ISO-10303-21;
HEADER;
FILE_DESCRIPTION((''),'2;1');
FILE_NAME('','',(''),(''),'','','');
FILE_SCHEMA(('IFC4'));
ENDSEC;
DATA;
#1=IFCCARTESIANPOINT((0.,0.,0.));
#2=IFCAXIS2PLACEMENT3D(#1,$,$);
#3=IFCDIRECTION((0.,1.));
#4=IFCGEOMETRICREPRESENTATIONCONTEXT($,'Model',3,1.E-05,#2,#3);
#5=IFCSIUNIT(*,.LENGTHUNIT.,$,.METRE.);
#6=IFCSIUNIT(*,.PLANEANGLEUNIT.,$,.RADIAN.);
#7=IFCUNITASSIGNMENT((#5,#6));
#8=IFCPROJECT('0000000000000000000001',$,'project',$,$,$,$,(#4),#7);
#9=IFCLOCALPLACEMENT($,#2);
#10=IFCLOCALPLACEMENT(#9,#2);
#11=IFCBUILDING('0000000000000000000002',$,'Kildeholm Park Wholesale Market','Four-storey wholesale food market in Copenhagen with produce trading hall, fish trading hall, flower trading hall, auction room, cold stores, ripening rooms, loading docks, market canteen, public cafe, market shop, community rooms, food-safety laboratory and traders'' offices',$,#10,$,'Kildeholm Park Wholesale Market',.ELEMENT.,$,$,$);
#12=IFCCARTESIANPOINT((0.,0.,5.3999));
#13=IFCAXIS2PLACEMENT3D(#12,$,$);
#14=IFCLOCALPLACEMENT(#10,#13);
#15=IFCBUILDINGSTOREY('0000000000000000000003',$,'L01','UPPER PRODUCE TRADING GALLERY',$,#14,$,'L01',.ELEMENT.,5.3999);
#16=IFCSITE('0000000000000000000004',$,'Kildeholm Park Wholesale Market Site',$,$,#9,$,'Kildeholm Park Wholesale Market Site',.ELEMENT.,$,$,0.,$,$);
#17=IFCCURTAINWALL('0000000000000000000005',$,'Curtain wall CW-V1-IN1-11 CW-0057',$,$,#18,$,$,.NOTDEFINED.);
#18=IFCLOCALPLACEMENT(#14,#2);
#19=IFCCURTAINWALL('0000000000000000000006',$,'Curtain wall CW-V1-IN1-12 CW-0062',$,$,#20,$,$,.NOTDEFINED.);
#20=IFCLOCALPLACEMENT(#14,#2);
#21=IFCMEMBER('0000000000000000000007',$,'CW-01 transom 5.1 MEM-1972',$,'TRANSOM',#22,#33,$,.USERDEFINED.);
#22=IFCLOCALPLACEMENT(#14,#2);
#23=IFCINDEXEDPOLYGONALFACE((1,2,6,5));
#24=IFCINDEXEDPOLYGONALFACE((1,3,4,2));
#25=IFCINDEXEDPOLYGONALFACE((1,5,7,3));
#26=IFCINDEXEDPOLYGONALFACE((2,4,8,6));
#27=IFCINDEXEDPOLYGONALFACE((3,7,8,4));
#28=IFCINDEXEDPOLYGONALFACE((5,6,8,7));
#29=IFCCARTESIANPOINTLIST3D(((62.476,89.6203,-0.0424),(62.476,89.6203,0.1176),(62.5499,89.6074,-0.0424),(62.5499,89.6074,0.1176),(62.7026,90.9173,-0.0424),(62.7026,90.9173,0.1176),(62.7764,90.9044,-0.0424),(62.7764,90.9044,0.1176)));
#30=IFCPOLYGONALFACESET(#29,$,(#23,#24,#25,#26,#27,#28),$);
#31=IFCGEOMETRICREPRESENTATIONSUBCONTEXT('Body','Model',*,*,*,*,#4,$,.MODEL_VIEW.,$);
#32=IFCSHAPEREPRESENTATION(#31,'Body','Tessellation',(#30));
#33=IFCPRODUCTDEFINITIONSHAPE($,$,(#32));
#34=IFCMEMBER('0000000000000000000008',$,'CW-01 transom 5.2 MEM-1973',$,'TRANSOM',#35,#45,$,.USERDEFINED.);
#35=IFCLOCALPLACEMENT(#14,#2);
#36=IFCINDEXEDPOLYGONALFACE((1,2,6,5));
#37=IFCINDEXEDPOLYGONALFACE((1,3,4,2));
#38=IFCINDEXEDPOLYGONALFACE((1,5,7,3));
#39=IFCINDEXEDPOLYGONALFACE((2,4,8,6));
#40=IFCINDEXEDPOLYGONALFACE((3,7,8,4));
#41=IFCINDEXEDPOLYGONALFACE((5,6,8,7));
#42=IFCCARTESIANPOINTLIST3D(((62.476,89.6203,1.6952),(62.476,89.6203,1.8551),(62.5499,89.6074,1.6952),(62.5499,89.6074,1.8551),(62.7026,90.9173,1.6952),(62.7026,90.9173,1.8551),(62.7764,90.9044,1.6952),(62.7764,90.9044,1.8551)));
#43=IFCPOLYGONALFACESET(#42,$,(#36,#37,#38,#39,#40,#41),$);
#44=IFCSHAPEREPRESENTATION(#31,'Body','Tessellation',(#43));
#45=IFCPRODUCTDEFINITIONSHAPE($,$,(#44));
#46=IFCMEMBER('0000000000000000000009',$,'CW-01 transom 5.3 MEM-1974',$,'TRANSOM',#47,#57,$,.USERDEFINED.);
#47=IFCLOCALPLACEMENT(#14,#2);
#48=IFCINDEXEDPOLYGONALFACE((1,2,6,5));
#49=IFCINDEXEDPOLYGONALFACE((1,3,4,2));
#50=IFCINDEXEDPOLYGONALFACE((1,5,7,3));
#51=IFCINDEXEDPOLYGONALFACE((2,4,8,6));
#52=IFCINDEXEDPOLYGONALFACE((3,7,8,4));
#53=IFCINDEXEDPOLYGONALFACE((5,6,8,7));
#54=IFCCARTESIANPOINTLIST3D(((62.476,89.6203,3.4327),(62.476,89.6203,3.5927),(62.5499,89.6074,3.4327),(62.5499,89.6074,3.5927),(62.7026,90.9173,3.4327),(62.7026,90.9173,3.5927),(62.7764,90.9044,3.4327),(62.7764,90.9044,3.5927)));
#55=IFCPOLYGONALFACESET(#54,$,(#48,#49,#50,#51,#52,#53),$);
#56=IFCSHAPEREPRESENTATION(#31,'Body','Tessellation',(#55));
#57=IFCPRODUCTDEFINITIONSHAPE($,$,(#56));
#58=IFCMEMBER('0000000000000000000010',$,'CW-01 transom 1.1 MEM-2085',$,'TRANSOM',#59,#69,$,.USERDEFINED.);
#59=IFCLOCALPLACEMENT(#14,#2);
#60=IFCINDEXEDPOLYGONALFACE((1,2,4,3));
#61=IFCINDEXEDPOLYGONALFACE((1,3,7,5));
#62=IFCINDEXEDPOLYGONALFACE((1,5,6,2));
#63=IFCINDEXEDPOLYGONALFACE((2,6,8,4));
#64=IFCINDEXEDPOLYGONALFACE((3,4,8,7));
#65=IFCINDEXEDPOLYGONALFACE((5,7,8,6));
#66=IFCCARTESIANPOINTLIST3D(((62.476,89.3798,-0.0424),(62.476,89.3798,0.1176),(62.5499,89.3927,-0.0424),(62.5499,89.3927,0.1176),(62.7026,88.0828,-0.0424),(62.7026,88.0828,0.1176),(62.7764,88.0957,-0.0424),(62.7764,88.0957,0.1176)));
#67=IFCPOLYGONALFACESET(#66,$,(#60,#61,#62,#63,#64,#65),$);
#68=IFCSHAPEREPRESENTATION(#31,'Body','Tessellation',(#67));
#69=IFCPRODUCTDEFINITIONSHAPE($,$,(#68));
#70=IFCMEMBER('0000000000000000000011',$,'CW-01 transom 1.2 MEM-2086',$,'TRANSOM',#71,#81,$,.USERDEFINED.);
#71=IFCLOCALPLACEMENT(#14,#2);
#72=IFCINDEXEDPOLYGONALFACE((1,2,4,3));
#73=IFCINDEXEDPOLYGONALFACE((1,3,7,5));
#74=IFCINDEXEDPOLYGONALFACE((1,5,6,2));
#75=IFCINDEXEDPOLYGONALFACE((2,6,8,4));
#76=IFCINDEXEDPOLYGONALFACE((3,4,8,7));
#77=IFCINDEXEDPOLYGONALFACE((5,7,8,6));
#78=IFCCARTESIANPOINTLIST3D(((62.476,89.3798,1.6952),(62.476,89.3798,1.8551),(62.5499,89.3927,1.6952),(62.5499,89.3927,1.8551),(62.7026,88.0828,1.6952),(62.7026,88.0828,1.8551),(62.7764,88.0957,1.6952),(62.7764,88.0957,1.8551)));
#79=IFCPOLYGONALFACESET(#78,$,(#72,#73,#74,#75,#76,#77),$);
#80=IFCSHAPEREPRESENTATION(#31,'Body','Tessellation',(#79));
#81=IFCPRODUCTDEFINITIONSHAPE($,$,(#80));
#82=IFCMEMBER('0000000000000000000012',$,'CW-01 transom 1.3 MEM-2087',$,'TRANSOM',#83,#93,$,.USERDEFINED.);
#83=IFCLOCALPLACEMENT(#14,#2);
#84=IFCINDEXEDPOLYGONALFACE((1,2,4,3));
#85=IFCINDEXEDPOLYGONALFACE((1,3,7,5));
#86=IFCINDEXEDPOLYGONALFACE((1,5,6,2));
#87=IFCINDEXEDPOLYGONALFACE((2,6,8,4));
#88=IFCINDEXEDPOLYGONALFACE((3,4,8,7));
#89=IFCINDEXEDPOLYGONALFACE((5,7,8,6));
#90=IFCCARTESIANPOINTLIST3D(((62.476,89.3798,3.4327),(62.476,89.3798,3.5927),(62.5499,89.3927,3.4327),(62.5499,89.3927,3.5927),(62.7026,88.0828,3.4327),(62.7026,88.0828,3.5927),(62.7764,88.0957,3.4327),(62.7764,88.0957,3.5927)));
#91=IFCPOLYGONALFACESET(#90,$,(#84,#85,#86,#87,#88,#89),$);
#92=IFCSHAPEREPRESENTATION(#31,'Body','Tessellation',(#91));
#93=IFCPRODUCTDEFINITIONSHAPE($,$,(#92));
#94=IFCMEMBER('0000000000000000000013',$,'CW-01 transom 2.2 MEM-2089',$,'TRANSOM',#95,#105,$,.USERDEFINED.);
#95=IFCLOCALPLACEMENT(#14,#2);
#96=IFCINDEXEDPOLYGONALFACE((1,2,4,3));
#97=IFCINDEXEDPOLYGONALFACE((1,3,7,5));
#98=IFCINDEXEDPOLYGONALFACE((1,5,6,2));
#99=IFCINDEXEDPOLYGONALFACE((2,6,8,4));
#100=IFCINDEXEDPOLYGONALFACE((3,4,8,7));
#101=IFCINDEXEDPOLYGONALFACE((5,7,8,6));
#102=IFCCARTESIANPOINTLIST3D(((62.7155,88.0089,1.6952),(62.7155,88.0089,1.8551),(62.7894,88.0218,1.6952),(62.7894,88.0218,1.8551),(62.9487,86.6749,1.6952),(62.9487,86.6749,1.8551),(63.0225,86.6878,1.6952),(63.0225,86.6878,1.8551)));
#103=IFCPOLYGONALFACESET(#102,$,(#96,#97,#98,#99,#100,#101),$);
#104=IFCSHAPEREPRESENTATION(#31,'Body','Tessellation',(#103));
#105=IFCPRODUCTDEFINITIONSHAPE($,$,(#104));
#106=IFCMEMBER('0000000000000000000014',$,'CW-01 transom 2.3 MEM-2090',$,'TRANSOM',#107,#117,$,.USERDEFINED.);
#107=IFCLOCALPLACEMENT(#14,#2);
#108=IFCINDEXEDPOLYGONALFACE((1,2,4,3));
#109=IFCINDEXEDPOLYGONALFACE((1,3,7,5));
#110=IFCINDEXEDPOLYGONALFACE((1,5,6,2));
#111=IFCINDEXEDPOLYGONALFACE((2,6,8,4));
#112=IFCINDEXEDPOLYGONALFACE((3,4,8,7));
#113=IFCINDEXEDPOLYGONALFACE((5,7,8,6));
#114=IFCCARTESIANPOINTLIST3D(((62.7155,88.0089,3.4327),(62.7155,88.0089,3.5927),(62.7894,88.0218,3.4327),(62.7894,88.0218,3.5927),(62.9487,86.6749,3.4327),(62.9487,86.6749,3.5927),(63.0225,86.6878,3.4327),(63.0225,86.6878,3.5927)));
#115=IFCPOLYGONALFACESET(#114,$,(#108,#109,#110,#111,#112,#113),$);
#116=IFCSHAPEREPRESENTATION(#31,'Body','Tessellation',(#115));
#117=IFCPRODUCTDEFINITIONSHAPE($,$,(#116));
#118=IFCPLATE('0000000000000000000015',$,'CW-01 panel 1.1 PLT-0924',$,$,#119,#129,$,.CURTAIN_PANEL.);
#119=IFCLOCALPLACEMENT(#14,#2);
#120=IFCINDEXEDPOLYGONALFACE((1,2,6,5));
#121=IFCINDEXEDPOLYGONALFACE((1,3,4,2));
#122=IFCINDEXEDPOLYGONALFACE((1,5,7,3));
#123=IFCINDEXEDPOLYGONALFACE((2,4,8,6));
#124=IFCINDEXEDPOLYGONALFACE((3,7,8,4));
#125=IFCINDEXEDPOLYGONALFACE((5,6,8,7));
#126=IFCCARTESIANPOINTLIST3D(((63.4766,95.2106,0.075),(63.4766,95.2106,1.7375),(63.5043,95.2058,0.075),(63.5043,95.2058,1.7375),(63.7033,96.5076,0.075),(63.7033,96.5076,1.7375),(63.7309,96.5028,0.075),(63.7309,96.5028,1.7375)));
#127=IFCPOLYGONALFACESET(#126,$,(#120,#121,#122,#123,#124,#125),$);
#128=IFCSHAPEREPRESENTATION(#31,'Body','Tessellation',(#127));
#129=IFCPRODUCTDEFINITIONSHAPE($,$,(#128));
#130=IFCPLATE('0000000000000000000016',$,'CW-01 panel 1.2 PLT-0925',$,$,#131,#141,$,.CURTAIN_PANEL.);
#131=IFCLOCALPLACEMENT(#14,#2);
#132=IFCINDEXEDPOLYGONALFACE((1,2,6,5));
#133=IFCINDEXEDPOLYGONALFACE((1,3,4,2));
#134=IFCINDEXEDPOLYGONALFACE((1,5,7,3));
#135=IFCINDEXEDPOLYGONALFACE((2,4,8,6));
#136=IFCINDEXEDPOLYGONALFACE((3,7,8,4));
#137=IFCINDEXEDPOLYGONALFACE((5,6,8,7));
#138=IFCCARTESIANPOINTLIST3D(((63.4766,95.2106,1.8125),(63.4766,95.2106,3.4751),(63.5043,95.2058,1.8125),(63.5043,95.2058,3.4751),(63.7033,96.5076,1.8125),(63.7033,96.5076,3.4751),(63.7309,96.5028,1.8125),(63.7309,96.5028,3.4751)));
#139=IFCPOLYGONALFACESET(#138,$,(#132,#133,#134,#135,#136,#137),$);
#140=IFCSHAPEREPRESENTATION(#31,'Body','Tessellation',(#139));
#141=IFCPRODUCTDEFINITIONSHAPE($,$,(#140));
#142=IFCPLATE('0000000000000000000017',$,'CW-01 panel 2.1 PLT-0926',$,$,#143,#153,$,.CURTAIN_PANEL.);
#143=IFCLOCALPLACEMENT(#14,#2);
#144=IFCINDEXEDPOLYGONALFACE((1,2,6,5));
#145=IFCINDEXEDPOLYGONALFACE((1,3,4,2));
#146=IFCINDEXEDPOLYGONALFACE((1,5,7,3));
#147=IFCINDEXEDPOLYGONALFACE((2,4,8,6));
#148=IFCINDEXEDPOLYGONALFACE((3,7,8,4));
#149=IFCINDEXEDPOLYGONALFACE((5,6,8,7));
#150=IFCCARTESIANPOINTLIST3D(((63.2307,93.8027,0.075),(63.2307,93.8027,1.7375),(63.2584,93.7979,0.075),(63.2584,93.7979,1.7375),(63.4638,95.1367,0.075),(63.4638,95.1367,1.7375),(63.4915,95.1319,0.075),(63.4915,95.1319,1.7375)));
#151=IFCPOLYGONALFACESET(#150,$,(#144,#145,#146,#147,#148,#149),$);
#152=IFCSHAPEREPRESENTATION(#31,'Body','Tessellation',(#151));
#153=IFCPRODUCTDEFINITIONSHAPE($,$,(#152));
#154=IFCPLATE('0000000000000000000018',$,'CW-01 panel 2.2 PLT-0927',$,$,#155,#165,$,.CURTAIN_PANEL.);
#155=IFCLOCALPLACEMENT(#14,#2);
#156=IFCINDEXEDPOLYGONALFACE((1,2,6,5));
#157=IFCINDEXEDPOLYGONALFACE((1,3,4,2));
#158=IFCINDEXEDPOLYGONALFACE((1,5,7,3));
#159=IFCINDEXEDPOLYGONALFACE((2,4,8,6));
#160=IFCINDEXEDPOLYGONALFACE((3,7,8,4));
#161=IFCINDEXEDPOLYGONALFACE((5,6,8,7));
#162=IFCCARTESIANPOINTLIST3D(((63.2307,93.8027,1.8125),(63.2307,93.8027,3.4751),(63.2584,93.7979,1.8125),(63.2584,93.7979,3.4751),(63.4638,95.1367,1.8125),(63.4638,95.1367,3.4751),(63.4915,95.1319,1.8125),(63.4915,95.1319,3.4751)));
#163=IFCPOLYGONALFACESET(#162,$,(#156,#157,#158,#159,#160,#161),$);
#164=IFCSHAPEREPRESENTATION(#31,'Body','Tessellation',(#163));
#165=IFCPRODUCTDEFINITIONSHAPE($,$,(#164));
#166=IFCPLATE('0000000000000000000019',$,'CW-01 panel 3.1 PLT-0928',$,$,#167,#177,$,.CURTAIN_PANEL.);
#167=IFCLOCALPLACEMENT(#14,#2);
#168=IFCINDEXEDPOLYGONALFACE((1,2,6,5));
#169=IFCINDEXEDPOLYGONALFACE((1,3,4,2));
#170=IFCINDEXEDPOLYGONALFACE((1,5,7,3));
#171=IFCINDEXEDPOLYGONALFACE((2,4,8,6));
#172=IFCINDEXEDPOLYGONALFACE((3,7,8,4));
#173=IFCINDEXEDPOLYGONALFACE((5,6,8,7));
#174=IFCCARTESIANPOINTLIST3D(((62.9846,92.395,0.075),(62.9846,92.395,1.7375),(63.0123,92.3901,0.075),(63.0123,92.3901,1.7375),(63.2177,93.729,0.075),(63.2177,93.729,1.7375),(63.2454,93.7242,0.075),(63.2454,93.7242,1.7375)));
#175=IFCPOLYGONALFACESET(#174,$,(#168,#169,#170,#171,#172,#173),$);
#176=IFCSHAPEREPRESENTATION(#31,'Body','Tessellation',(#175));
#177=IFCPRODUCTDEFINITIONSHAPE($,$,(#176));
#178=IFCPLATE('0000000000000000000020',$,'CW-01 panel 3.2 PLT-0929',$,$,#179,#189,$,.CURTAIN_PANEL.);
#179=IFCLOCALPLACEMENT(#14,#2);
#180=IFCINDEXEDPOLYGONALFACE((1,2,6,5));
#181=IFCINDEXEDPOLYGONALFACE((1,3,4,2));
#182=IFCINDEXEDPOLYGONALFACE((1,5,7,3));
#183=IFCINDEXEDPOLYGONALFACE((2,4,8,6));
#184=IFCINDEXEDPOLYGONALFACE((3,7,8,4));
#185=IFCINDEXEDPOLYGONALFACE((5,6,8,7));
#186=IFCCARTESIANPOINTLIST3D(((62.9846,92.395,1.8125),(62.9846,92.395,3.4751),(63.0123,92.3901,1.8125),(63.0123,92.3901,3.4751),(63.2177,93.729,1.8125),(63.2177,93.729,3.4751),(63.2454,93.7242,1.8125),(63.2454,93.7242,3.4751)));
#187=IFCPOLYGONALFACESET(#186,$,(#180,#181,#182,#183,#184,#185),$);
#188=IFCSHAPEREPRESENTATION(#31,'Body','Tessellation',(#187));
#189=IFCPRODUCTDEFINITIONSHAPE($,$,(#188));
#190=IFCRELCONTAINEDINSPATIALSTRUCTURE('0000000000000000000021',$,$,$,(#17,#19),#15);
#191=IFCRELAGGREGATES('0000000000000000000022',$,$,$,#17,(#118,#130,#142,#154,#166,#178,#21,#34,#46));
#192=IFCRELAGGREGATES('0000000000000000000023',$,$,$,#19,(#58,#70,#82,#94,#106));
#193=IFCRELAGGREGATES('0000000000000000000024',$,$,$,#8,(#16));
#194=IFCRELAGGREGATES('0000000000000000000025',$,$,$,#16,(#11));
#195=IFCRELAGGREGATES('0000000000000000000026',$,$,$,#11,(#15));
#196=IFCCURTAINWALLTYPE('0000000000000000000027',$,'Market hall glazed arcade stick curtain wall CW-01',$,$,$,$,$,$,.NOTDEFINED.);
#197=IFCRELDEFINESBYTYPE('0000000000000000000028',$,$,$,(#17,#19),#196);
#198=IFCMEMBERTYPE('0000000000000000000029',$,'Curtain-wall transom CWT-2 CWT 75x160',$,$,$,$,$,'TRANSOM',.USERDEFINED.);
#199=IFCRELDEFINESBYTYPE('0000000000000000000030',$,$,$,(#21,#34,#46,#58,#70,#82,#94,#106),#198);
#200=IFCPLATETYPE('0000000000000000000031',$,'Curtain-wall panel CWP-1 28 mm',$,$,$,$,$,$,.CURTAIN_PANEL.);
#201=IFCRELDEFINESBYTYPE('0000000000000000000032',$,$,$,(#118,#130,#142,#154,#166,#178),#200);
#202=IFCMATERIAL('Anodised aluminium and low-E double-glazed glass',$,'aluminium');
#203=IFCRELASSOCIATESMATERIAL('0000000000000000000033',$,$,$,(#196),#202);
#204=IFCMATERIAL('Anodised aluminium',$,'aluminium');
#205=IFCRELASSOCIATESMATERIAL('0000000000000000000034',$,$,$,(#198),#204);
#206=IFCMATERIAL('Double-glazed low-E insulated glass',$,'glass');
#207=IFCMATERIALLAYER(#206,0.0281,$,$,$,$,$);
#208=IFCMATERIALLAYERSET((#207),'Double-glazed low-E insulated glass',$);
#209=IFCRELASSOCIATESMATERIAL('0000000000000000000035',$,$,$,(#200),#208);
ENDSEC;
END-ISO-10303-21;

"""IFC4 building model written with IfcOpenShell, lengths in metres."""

from ifc_helpers import new_model, si_unit, direction, frame, origin, origin_2d, place, context, subcontext, project, spatial, rectangle, extrude, material, layer, layer_set, material_profile, profile_set, type_object, element, aggregate, save


model = new_model("IFC4")

# Units and contexts
model_context = context("Model", 3, precision=1e-05, world=origin(), true_north=direction((0.0, 1.0)))
body_context = subcontext(model_context, "Body", "Model", "MODEL_VIEW")
ifc_project = project(units=[si_unit("LENGTHUNIT", "METRE"), si_unit("PLANEANGLEUNIT", "RADIAN")], contexts=[model_context])

# Site, building, storey
site_placement = place(None, origin())
site = spatial("IfcSite", under=ifc_project, at=site_placement, Name="Kildeholm Park Wholesale Market Site", LongName="Kildeholm Park Wholesale Market Site", CompositionType="ELEMENT", RefElevation=0.0)
building_placement = place(site_placement, origin())
building = spatial("IfcBuilding", under=site, at=building_placement, Name="Kildeholm Park Wholesale Market", Description="Four-storey wholesale food market in Copenhagen with produce trading hall, fish trading hall, flower trading hall, auction room, cold stores, ripening rooms, loading docks, market canteen, public cafe, market shop, community rooms, food-safety laboratory and traders' offices", LongName="Kildeholm Park Wholesale Market", CompositionType="ELEMENT")
storey_placement = place(building_placement, frame((0.0, 0.0, 5.3999)))
storey = spatial("IfcBuildingStorey", under=building, at=storey_placement, Name="L01", Description="UPPER PRODUCE TRADING GALLERY", LongName="L01", CompositionType="ELEMENT", Elevation=5.3999)

# Curtain walls
ifc_material_1 = material(Name="Anodised aluminium and low-E double-glazed glass", Category="aluminium")
curtain_wall_type = type_object("IfcCurtainWallType", Name="Market hall glazed arcade stick curtain wall CW-01", PredefinedType="NOTDEFINED", material=ifc_material_1)
curtain_wall_1_placement = place(storey_placement, origin())
curtain_wall_1 = element("IfcCurtainWall", 1, at=curtain_wall_1_placement, inside=storey, type_object=curtain_wall_type, Name="Curtain wall CW-V1-IN1-11 CW-0057", PredefinedType="NOTDEFINED")
ifc_material_2 = material(Name="Anodised aluminium", Category="aluminium")
curtain_wall_2_placement = place(storey_placement, origin())
curtain_wall_2 = element("IfcCurtainWall", 2, at=curtain_wall_2_placement, inside=storey, type_object=curtain_wall_type, Name="Curtain wall CW-V1-IN1-12 CW-0062", PredefinedType="NOTDEFINED")

# Members
ifc_material_profile_1 = material_profile(ifc_material_2, rectangle(XDim=0.075, YDim=0.1599, at=origin_2d()), Name="CWT 75x160")
ifc_profile_set_1 = profile_set([ifc_material_profile_1], Name="Anodised aluminium")
member_type_1 = type_object("IfcMemberType", Name="Curtain-wall transom CWT-2 CWT 75x160", ElementType="TRANSOM", PredefinedType="USERDEFINED", material=ifc_profile_set_1)
member_1_placement = place(storey_placement, frame((62.7395, 90.9109, 0.0376), z_axis=(-0.172061, -0.985086, 0.0), x_axis=(0.985086, -0.172061, 0.0)))
member_1 = element("IfcMember", 3, at=member_1_placement, type_object=member_type_1, Name="CW-01 transom 5.1 MEM-1972", ObjectType="TRANSOM", PredefinedType="USERDEFINED", context=body_context, shape_type="SweptSolid", body=[
    extrude(rectangle(XDim=0.075, YDim=0.1599, at=origin_2d()), origin(), (0.0, 0.0, 1.0), 1.3167),
])
member_2_placement = place(storey_placement, frame((62.7395, 90.9109, 1.7751), z_axis=(-0.172061, -0.985086, 0.0), x_axis=(0.985086, -0.172061, 0.0)))
member_2 = element("IfcMember", 4, at=member_2_placement, type_object=member_type_1, Name="CW-01 transom 5.2 MEM-1973", ObjectType="TRANSOM", PredefinedType="USERDEFINED", context=body_context, shape_type="SweptSolid", body=[
    extrude(rectangle(XDim=0.075, YDim=0.1599, at=origin_2d()), origin(), (0.0, 0.0, 1.0), 1.3167),
])
member_3_placement = place(storey_placement, frame((62.7395, 90.9109, 3.5127), z_axis=(-0.172061, -0.985086, 0.0), x_axis=(0.985086, -0.172061, 0.0)))
member_3 = element("IfcMember", 5, at=member_3_placement, type_object=member_type_1, Name="CW-01 transom 5.3 MEM-1974", ObjectType="TRANSOM", PredefinedType="USERDEFINED", context=body_context, shape_type="SweptSolid", body=[
    extrude(rectangle(XDim=0.075, YDim=0.1599, at=origin_2d()), origin(), (0.0, 0.0, 1.0), 1.3167),
])
member_4_placement = place(storey_placement, frame((62.5129, 89.3862, 0.0376), z_axis=(0.172061, -0.985086, 0.0), x_axis=(0.985086, 0.172061, 0.0)))
member_4 = element("IfcMember", 6, at=member_4_placement, type_object=member_type_1, Name="CW-01 transom 1.1 MEM-2085", ObjectType="TRANSOM", PredefinedType="USERDEFINED", context=body_context, shape_type="SweptSolid", body=[
    extrude(rectangle(XDim=0.075, YDim=0.1599, at=origin_2d()), origin(), (0.0, 0.0, 1.0), 1.3167),
])
member_5_placement = place(storey_placement, frame((62.5129, 89.3862, 1.7751), z_axis=(0.172061, -0.985086, 0.0), x_axis=(0.985086, 0.172061, 0.0)))
member_5 = element("IfcMember", 7, at=member_5_placement, type_object=member_type_1, Name="CW-01 transom 1.2 MEM-2086", ObjectType="TRANSOM", PredefinedType="USERDEFINED", context=body_context, shape_type="SweptSolid", body=[
    extrude(rectangle(XDim=0.075, YDim=0.1599, at=origin_2d()), origin(), (0.0, 0.0, 1.0), 1.3167),
])
member_6_placement = place(storey_placement, frame((62.5129, 89.3862, 3.5127), z_axis=(0.172061, -0.985086, 0.0), x_axis=(0.985086, 0.172061, 0.0)))
member_6 = element("IfcMember", 8, at=member_6_placement, type_object=member_type_1, Name="CW-01 transom 1.3 MEM-2087", ObjectType="TRANSOM", PredefinedType="USERDEFINED", context=body_context, shape_type="SweptSolid", body=[
    extrude(rectangle(XDim=0.075, YDim=0.1599, at=origin_2d()), origin(), (0.0, 0.0, 1.0), 1.3167),
])
member_7_placement = place(storey_placement, frame((62.7524, 88.0154, 1.7751), z_axis=(0.17217, -0.985067, 0.0), x_axis=(0.985067, 0.17217, 0.0)))
member_7 = element("IfcMember", 9, at=member_7_placement, type_object=member_type_1, Name="CW-01 transom 2.2 MEM-2089", ObjectType="TRANSOM", PredefinedType="USERDEFINED", context=body_context, shape_type="SweptSolid", body=[
    extrude(rectangle(XDim=0.075, YDim=0.1599, at=origin_2d()), origin(), (0.0, 0.0, 1.0), 1.3542),
])
member_8_placement = place(storey_placement, frame((62.7524, 88.0154, 3.5127), z_axis=(0.17217, -0.985067, 0.0), x_axis=(0.985067, 0.17217, 0.0)))
member_8 = element("IfcMember", 10, at=member_8_placement, type_object=member_type_1, Name="CW-01 transom 2.3 MEM-2090", ObjectType="TRANSOM", PredefinedType="USERDEFINED", context=body_context, shape_type="SweptSolid", body=[
    extrude(rectangle(XDim=0.075, YDim=0.1599, at=origin_2d()), origin(), (0.0, 0.0, 1.0), 1.3542),
])

# Plates
ifc_material_3 = material(Name="Double-glazed low-E insulated glass", Category="glass")
ifc_layer = layer(ifc_material_3, 0.0281)
ifc_layer_set = layer_set([ifc_layer], Name="Double-glazed low-E insulated glass")
plate_type = type_object("IfcPlateType", Name="Curtain-wall panel CWP-1 28 mm", PredefinedType="CURTAIN_PANEL", material=ifc_layer_set)
plate_1_placement = place(storey_placement, frame((63.6038, 95.8567, 0.075), z_axis=(0.0, 0.0, 1.0), x_axis=(-0.172133, -0.985074, 0.0)))
plate_1 = element("IfcPlate", 11, at=plate_1_placement, type_object=plate_type, Name="CW-01 panel 1.1 PLT-0924", PredefinedType="CURTAIN_PANEL", context=body_context, shape_type="SweptSolid", body=[
    extrude(rectangle(XDim=1.3167, YDim=0.0281, at=origin_2d()), origin(), (0.0, 0.0, 1.0), 1.6626),
])
plate_2_placement = place(storey_placement, frame((63.6038, 95.8567, 1.8125), z_axis=(0.0, 0.0, 1.0), x_axis=(-0.172133, -0.985074, 0.0)))
plate_2 = element("IfcPlate", 12, at=plate_2_placement, type_object=plate_type, Name="CW-01 panel 1.2 PLT-0925", PredefinedType="CURTAIN_PANEL", context=body_context, shape_type="SweptSolid", body=[
    extrude(rectangle(XDim=1.3167, YDim=0.0281, at=origin_2d()), origin(), (0.0, 0.0, 1.0), 1.6626),
])
plate_3_placement = place(storey_placement, frame((63.3611, 94.4673, 0.075), z_axis=(0.0, 0.0, 1.0), x_axis=(-0.172133, -0.985074, 0.0)))
plate_3 = element("IfcPlate", 13, at=plate_3_placement, type_object=plate_type, Name="CW-01 panel 2.1 PLT-0926", PredefinedType="CURTAIN_PANEL", context=body_context, shape_type="SweptSolid", body=[
    extrude(rectangle(XDim=1.3542, YDim=0.0281, at=origin_2d()), origin(), (0.0, 0.0, 1.0), 1.6626),
])
plate_4_placement = place(storey_placement, frame((63.3611, 94.4673, 1.8125), z_axis=(0.0, 0.0, 1.0), x_axis=(-0.172133, -0.985074, 0.0)))
plate_4 = element("IfcPlate", 14, at=plate_4_placement, type_object=plate_type, Name="CW-01 panel 2.2 PLT-0927", PredefinedType="CURTAIN_PANEL", context=body_context, shape_type="SweptSolid", body=[
    extrude(rectangle(XDim=1.3542, YDim=0.0281, at=origin_2d()), origin(), (0.0, 0.0, 1.0), 1.6626),
])
plate_5_placement = place(storey_placement, frame((63.115, 93.0596, 0.075), z_axis=(0.0, 0.0, 1.0), x_axis=(-0.172133, -0.985074, 0.0)))
plate_5 = element("IfcPlate", 15, at=plate_5_placement, type_object=plate_type, Name="CW-01 panel 3.1 PLT-0928", PredefinedType="CURTAIN_PANEL", context=body_context, shape_type="SweptSolid", body=[
    extrude(rectangle(XDim=1.3542, YDim=0.0281, at=origin_2d()), origin(), (0.0, 0.0, 1.0), 1.6626),
])
plate_6_placement = place(storey_placement, frame((63.115, 93.0596, 1.8125), z_axis=(0.0, 0.0, 1.0), x_axis=(-0.172133, -0.985074, 0.0)))
plate_6 = element("IfcPlate", 16, at=plate_6_placement, type_object=plate_type, Name="CW-01 panel 3.2 PLT-0929", PredefinedType="CURTAIN_PANEL", context=body_context, shape_type="SweptSolid", body=[
    extrude(rectangle(XDim=1.3542, YDim=0.0281, at=origin_2d()), origin(), (0.0, 0.0, 1.0), 1.6626),
])
aggregate(curtain_wall_1, [plate_1, plate_2, plate_3, plate_4, plate_5, plate_6, member_1, member_2, member_3])
aggregate(curtain_wall_2, [member_4, member_5, member_6, member_7, member_8])

save(model, "model.ifc")
